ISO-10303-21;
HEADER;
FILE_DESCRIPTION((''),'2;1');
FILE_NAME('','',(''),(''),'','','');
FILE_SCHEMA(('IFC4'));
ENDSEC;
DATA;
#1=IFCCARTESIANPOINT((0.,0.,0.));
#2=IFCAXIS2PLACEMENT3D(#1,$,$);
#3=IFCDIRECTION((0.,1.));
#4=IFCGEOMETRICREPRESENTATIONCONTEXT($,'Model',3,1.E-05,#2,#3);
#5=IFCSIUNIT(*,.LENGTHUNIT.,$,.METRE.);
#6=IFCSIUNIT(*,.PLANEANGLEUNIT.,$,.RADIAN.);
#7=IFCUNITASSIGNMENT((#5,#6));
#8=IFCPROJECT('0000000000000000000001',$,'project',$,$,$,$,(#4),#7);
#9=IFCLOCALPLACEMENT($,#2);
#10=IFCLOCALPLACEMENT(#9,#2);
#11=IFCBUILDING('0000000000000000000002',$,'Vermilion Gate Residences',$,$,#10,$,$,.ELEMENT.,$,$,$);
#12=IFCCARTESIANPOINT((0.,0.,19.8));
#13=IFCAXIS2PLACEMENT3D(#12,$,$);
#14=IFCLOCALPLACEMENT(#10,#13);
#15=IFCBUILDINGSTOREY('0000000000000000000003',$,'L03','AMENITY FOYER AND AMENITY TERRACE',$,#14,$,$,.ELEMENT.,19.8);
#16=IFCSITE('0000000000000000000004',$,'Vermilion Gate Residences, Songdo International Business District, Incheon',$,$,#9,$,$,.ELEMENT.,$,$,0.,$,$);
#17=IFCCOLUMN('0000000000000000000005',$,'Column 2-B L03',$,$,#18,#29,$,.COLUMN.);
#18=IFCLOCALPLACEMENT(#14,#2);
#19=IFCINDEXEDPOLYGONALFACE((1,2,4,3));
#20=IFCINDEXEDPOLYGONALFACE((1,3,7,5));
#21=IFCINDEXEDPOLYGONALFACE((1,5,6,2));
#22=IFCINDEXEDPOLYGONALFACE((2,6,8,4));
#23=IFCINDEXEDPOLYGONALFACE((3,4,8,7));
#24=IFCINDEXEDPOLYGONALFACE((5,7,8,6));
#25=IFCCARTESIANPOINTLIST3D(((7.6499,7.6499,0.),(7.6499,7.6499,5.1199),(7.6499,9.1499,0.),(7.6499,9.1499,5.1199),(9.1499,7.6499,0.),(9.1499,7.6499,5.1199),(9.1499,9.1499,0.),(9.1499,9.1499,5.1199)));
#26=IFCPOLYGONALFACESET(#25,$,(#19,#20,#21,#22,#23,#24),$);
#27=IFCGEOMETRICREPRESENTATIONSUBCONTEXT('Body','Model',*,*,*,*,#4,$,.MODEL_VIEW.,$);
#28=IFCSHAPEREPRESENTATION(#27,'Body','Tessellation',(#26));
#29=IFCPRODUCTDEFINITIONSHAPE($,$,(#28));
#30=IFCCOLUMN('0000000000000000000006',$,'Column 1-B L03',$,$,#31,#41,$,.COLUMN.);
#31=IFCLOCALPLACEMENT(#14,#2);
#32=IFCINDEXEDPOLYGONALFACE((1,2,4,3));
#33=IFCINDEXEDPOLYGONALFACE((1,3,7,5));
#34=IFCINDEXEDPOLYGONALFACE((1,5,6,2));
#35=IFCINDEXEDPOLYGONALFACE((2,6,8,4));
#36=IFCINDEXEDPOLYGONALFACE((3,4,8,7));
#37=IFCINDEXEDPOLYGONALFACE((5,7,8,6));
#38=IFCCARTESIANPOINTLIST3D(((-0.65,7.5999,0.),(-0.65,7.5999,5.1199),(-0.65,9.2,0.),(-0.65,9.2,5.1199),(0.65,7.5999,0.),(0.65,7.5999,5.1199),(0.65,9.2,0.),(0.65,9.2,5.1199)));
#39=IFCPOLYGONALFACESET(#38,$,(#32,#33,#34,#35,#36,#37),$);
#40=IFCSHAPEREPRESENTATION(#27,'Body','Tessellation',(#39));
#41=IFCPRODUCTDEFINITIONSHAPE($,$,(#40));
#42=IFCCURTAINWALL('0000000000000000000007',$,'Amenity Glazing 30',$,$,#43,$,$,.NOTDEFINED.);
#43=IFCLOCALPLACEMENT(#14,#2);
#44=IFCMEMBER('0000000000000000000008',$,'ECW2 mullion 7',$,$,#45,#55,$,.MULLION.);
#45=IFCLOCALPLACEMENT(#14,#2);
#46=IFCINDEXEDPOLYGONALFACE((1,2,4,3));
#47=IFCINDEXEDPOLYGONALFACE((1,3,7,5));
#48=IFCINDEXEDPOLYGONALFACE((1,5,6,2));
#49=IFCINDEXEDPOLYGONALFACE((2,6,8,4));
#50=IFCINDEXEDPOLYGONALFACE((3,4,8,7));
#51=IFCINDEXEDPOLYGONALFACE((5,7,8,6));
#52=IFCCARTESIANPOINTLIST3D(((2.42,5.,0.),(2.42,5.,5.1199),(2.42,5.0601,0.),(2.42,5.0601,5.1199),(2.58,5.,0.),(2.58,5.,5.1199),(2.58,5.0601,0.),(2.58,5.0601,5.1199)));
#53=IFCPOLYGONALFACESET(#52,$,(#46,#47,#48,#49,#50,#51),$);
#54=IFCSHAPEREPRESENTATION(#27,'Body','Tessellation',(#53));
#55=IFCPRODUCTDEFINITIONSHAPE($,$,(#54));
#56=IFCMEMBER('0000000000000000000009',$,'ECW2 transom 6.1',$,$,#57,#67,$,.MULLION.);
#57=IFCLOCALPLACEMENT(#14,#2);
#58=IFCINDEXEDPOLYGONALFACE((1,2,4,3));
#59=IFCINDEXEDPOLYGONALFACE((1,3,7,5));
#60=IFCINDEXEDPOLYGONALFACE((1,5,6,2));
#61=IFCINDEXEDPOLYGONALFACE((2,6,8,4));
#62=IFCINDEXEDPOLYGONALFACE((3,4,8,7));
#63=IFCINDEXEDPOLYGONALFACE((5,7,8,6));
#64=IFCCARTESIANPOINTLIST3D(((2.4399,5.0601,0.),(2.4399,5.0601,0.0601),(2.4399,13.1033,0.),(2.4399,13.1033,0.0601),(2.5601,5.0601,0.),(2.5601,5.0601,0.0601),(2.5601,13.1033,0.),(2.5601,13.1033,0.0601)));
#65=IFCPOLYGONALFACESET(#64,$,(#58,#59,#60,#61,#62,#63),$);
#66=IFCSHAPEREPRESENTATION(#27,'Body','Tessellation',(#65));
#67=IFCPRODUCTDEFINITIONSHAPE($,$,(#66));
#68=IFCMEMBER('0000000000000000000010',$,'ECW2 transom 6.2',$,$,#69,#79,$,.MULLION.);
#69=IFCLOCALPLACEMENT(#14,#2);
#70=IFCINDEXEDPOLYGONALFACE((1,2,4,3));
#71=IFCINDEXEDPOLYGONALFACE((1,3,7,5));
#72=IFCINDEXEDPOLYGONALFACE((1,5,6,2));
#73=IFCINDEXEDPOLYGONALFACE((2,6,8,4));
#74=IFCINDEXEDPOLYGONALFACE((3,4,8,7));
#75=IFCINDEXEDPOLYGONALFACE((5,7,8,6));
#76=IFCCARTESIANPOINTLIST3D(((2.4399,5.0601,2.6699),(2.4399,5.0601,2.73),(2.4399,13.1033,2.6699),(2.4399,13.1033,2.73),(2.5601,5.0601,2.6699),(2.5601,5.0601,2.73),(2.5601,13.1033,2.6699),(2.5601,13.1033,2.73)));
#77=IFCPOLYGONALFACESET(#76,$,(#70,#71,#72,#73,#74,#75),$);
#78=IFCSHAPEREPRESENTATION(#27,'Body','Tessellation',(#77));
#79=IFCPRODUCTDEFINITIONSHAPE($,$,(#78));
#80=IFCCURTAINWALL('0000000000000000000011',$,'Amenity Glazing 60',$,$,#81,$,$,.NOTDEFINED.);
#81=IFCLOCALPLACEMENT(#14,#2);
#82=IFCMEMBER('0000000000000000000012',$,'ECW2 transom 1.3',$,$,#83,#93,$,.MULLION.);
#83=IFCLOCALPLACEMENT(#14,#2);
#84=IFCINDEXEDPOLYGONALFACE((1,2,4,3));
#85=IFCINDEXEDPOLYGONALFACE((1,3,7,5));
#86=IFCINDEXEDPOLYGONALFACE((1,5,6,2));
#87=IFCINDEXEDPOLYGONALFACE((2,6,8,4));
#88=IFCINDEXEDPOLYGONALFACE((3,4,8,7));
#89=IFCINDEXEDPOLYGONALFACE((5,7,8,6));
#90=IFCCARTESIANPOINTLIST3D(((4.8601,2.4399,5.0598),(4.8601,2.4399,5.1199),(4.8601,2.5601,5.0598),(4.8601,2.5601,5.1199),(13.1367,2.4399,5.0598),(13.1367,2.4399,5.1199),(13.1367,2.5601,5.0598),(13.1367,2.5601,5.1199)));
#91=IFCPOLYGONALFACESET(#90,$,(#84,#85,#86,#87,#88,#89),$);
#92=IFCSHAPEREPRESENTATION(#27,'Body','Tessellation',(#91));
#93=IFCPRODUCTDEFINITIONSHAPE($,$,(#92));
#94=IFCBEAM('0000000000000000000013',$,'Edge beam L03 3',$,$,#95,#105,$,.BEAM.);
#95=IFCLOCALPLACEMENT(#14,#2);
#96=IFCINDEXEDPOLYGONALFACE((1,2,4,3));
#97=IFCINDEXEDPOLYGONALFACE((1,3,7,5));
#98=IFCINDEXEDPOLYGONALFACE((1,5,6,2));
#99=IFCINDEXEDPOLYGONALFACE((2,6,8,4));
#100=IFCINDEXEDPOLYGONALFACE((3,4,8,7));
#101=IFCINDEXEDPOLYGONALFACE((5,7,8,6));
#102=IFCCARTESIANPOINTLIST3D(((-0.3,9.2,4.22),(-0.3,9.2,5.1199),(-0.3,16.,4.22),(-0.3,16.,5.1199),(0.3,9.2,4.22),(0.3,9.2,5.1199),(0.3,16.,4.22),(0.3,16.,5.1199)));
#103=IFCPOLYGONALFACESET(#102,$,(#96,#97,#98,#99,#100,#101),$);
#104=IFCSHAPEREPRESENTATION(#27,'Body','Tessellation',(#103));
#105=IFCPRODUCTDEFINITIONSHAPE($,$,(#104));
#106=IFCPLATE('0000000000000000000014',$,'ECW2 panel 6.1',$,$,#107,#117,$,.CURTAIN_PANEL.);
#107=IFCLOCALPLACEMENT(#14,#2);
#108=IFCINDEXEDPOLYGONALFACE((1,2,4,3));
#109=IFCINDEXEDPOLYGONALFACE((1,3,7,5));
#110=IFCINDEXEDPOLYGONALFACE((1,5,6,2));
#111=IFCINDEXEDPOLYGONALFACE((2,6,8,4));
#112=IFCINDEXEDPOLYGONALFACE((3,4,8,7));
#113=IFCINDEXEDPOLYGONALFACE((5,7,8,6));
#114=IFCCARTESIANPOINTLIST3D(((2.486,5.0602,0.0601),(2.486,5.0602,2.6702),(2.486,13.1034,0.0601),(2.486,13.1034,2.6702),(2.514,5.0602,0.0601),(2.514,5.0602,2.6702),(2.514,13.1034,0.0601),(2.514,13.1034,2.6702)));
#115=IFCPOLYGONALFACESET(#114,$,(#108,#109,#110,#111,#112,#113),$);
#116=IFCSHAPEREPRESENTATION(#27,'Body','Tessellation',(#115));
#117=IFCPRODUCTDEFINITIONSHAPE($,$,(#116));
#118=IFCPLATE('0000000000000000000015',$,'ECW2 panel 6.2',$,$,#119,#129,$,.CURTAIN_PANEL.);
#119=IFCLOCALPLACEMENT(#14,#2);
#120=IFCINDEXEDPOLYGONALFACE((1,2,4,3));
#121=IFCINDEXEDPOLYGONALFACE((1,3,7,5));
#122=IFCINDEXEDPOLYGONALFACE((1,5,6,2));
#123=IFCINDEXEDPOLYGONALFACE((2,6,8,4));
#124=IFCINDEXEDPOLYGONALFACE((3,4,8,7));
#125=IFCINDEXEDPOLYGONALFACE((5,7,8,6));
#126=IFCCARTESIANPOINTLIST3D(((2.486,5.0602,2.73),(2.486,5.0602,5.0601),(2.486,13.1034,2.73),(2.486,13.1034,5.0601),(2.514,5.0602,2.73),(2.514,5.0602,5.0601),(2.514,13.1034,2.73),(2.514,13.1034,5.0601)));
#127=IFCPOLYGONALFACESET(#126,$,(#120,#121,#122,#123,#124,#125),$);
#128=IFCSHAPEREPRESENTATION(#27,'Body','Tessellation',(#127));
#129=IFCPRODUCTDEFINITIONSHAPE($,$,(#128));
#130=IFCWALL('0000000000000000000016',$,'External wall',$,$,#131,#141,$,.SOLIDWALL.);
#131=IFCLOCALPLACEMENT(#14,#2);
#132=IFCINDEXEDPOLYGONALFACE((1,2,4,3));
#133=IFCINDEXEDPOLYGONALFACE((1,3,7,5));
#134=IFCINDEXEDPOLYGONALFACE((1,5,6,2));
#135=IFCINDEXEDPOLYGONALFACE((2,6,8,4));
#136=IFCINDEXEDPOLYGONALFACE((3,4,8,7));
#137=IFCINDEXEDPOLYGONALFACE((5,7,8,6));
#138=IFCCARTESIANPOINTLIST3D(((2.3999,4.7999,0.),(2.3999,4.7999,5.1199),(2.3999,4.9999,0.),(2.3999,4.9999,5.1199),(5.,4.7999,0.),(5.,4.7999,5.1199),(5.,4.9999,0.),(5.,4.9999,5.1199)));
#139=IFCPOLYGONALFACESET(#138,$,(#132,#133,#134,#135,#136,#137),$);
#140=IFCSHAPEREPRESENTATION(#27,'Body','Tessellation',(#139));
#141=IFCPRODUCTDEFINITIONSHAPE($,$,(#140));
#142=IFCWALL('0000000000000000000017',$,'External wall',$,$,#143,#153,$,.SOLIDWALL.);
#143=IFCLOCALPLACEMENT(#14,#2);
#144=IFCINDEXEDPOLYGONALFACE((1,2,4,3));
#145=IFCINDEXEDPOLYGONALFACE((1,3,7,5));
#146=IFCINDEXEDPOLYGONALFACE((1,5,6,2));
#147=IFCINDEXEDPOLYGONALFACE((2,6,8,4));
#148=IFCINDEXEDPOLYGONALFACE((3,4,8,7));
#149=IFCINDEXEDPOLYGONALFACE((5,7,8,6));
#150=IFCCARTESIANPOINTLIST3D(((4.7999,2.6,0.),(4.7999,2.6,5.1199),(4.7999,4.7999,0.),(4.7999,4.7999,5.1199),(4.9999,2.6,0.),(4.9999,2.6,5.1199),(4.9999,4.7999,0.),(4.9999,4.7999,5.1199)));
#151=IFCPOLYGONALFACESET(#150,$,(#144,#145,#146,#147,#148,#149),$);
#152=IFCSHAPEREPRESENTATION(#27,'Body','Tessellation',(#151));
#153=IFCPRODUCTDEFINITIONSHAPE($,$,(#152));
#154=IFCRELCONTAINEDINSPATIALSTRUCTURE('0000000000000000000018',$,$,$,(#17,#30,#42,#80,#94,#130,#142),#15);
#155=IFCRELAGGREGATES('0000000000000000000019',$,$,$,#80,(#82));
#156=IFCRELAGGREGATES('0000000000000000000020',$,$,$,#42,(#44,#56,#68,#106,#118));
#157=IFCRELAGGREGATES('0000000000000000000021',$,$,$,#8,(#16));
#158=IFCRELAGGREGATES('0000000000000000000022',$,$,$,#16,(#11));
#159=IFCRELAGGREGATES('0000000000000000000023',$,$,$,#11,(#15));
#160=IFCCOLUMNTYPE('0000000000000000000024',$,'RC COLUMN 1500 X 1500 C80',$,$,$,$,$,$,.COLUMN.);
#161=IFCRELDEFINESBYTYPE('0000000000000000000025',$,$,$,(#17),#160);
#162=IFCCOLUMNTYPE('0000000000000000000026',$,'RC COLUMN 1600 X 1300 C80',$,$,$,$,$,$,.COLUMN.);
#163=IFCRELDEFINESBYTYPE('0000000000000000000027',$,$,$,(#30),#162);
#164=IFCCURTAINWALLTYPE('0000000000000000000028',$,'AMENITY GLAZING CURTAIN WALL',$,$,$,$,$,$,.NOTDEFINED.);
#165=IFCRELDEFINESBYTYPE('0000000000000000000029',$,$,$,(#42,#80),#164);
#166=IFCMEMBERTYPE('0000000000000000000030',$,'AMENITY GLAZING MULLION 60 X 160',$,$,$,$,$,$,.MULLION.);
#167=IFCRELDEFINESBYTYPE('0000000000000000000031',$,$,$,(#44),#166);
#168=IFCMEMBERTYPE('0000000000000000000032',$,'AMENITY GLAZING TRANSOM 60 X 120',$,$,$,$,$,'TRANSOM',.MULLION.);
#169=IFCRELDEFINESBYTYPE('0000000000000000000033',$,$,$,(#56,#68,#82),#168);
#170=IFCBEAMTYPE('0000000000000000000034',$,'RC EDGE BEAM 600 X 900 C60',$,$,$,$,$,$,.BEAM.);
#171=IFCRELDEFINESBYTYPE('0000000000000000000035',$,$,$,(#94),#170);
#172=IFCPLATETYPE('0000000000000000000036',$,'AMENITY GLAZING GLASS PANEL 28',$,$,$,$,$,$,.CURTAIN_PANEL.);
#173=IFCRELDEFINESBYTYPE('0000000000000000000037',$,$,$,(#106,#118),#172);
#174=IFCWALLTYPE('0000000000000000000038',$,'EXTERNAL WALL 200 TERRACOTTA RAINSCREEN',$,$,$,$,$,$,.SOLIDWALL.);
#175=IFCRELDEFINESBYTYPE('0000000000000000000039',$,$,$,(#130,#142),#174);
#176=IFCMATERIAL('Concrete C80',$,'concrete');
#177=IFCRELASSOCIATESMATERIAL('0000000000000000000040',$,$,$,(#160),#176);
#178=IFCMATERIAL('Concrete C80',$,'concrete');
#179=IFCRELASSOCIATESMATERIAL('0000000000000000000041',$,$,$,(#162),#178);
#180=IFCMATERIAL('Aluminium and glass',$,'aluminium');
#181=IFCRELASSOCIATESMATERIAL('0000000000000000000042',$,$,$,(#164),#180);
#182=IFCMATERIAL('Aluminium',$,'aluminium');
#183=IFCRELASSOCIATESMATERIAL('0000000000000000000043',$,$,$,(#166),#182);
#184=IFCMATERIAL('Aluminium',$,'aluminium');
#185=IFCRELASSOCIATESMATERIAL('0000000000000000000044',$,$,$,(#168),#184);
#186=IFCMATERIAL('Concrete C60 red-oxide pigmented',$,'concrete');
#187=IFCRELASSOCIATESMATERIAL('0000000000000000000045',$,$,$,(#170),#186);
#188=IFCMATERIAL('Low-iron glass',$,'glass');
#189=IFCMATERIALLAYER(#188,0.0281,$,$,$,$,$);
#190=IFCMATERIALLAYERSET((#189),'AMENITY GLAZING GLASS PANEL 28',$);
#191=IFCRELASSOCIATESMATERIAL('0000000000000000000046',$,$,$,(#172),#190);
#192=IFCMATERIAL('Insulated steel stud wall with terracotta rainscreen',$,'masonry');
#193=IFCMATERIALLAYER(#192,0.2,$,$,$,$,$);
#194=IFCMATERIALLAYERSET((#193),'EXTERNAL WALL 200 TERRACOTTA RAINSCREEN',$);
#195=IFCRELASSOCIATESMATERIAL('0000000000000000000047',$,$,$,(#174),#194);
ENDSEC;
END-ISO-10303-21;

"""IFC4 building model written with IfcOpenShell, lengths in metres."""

from ifc_helpers import new_model, si_unit, direction, frame, frame_2d, origin, origin_2d, place, context, subcontext, project, spatial, rectangle, extrude, material, layer, layer_set, material_profile, profile_set, type_object, element, aggregate, save


model = new_model("IFC4")

# Units and contexts
model_context = context("Model", 3, precision=1e-05, world=origin(), true_north=direction((0.0, 1.0)))
body_context = subcontext(model_context, "Body", "Model", "MODEL_VIEW")
ifc_project = project(units=[si_unit("LENGTHUNIT", "METRE"), si_unit("PLANEANGLEUNIT", "RADIAN")], contexts=[model_context])

# Site, building, storey
site_placement = place(None, origin())
site = spatial("IfcSite", under=ifc_project, at=site_placement, Name="Vermilion Gate Residences, Songdo International Business District, Incheon", CompositionType="ELEMENT", RefElevation=0.0)
building_placement = place(site_placement, origin())
building = spatial("IfcBuilding", under=site, at=building_placement, Name="Vermilion Gate Residences", CompositionType="ELEMENT")
storey_placement = place(building_placement, frame((0.0, 0.0, 19.8)))
storey = spatial("IfcBuildingStorey", under=building, at=storey_placement, Name="L03", Description="AMENITY FOYER AND AMENITY TERRACE", CompositionType="ELEMENT", Elevation=19.8)

# Columns
ifc_material_1 = material(Name="Concrete C80", Category="concrete")
ifc_material_profile_1 = material_profile(ifc_material_1, rectangle(XDim=1.5, YDim=1.5, at=origin_2d()), Name="RC-1500x1500")
ifc_profile_set_1 = profile_set([ifc_material_profile_1], Name="Concrete C80")
column_type_1 = type_object("IfcColumnType", Name="RC COLUMN 1500 X 1500 C80", PredefinedType="COLUMN", material=ifc_profile_set_1)
column_1_placement = place(storey_placement, frame((8.3999, 8.3999, 0.0), z_axis=(0.0, 0.0, 1.0), x_axis=(1.0, 0.0, 0.0)))
element("IfcColumn", 1, at=column_1_placement, inside=storey, type_object=column_type_1, Name="Column 2-B L03", PredefinedType="COLUMN", context=body_context, shape_type="SweptSolid", body=[
    extrude(rectangle(XDim=1.5, YDim=1.5, at=origin_2d()), origin(), (0.0, 0.0, 1.0), 5.1199),
])
ifc_material_2 = material(Name="Concrete C80", Category="concrete")
ifc_material_profile_2 = material_profile(ifc_material_2, rectangle(XDim=1.6001, YDim=1.3, at=origin_2d()), Name="RC-1600x1300")
ifc_profile_set_2 = profile_set([ifc_material_profile_2], Name="Concrete C80")
column_type_2 = type_object("IfcColumnType", Name="RC COLUMN 1600 X 1300 C80", PredefinedType="COLUMN", material=ifc_profile_set_2)
column_2_placement = place(storey_placement, frame((0.0, 8.3999, 0.0), z_axis=(0.0, 0.0, 1.0), x_axis=(0.0, 1.0, 0.0)))
element("IfcColumn", 2, at=column_2_placement, inside=storey, type_object=column_type_2, Name="Column 1-B L03", PredefinedType="COLUMN", context=body_context, shape_type="SweptSolid", body=[
    extrude(rectangle(XDim=1.6001, YDim=1.3, at=origin_2d()), origin(), (0.0, 0.0, 1.0), 5.1199),
])

# Curtain wall, members
ifc_material_3 = material(Name="Aluminium and glass", Category="aluminium")
curtain_wall_type = type_object("IfcCurtainWallType", Name="AMENITY GLAZING CURTAIN WALL", PredefinedType="NOTDEFINED", material=ifc_material_3)
curtain_wall_1_placement = place(storey_placement, origin())
curtain_wall_1 = element("IfcCurtainWall", 3, at=curtain_wall_1_placement, inside=storey, type_object=curtain_wall_type, Name="Amenity Glazing 30", PredefinedType="NOTDEFINED")
ifc_material_4 = material(Name="Aluminium", Category="aluminium")
ifc_material_profile_3 = material_profile(ifc_material_4, rectangle(XDim=0.1599, YDim=0.0601, at=origin_2d()), Name="MULLION 60 X 160")
ifc_profile_set_3 = profile_set([ifc_material_profile_3], Name="Aluminium")
member_type_1 = type_object("IfcMemberType", Name="AMENITY GLAZING MULLION 60 X 160", PredefinedType="MULLION", material=ifc_profile_set_3)
member_1_placement = place(storey_placement, frame((2.5, 5.03, 0.0), z_axis=(0.0, 0.0, 1.0), x_axis=(1.0, 0.0, 0.0)))
member_1 = element("IfcMember", 4, at=member_1_placement, type_object=member_type_1, Name="ECW2 mullion 7", PredefinedType="MULLION", context=body_context, shape_type="SweptSolid", body=[
    extrude(rectangle(XDim=0.1599, YDim=0.0601, at=origin_2d()), origin(), (0.0, 0.0, 1.0), 5.1199),
])
ifc_material_5 = material(Name="Aluminium", Category="aluminium")
ifc_material_profile_4 = material_profile(ifc_material_5, rectangle(XDim=0.1201, YDim=0.0601, at=origin_2d()), Name="TRANSOM 60 X 120")
ifc_profile_set_4 = profile_set([ifc_material_profile_4], Name="Aluminium")
member_type_2 = type_object("IfcMemberType", Name="AMENITY GLAZING TRANSOM 60 X 120", ElementType="TRANSOM", PredefinedType="MULLION", material=ifc_profile_set_4)
member_2_placement = place(storey_placement, frame((2.5, 13.1033, 0.03), z_axis=(0.0, -1.0, 0.0), x_axis=(1.0, 0.0, 0.0)))
member_2 = element("IfcMember", 5, at=member_2_placement, type_object=member_type_2, Name="ECW2 transom 6.1", PredefinedType="MULLION", context=body_context, shape_type="SweptSolid", body=[
    extrude(rectangle(XDim=0.1201, YDim=0.0601, at=origin_2d()), origin(), (0.0, 0.0, 1.0), 8.0432),
])
member_3_placement = place(storey_placement, frame((2.5, 13.1033, 2.7), z_axis=(0.0, -1.0, 0.0), x_axis=(1.0, 0.0, 0.0)))
member_3 = element("IfcMember", 6, at=member_3_placement, type_object=member_type_2, Name="ECW2 transom 6.2", PredefinedType="MULLION", context=body_context, shape_type="SweptSolid", body=[
    extrude(rectangle(XDim=0.1201, YDim=0.0601, at=origin_2d()), origin(), (0.0, 0.0, 1.0), 8.0432),
])

# Curtain wall, member
curtain_wall_2_placement = place(storey_placement, origin())
curtain_wall_2 = element("IfcCurtainWall", 7, at=curtain_wall_2_placement, inside=storey, type_object=curtain_wall_type, Name="Amenity Glazing 60", PredefinedType="NOTDEFINED")
member_4_placement = place(storey_placement, frame((4.8601, 2.5, 5.0898), z_axis=(1.0, 0.0, 0.0), x_axis=(0.0, 1.0, 0.0)))
member_4 = element("IfcMember", 8, at=member_4_placement, type_object=member_type_2, Name="ECW2 transom 1.3", PredefinedType="MULLION", context=body_context, shape_type="SweptSolid", body=[
    extrude(rectangle(XDim=0.1201, YDim=0.0601, at=origin_2d()), origin(), (0.0, 0.0, 1.0), 8.2766),
])
aggregate(curtain_wall_2, [member_4])

# Beam
ifc_material_6 = material(Name="Concrete C60 red-oxide pigmented", Category="concrete")
ifc_material_profile_5 = material_profile(ifc_material_6, rectangle(XDim=0.6001, YDim=0.8999, at=origin_2d()), Name="RC-600x900")
ifc_profile_set_5 = profile_set([ifc_material_profile_5], Name="Concrete C60 red-oxide pigmented")
beam_type = type_object("IfcBeamType", Name="RC EDGE BEAM 600 X 900 C60", PredefinedType="BEAM", material=ifc_profile_set_5)
beam_placement = place(storey_placement, frame((0.0, 9.2, 4.6699), z_axis=(0.0, 1.0, 0.0), x_axis=(-1.0, 0.0, 0.0)))
element("IfcBeam", 9, at=beam_placement, inside=storey, type_object=beam_type, Name="Edge beam L03 3", PredefinedType="BEAM", context=body_context, shape_type="SweptSolid", body=[
    extrude(rectangle(XDim=0.6001, YDim=0.8999, at=origin_2d()), origin(), (0.0, 0.0, 1.0), 6.8),
])

# Plates
ifc_material_7 = material(Name="Low-iron glass", Category="glass")
ifc_layer_1 = layer(ifc_material_7, 0.0281)
ifc_layer_set_1 = layer_set([ifc_layer_1], Name="AMENITY GLAZING GLASS PANEL 28")
plate_type = type_object("IfcPlateType", Name="AMENITY GLAZING GLASS PANEL 28", PredefinedType="CURTAIN_PANEL", material=ifc_layer_set_1)
plate_1_placement = place(storey_placement, frame((2.5, 9.0818, 0.0601), z_axis=(0.0, 0.0, 1.0), x_axis=(0.0, -1.0, 0.0)))
plate_1 = element("IfcPlate", 10, at=plate_1_placement, type_object=plate_type, Name="ECW2 panel 6.1", PredefinedType="CURTAIN_PANEL", context=body_context, shape_type="SweptSolid", body=[
    extrude(rectangle(XDim=8.0432, YDim=0.0281, at=origin_2d()), origin(), (0.0, 0.0, 1.0), 2.6101),
])
plate_2_placement = place(storey_placement, frame((2.5, 9.0818, 2.73), z_axis=(0.0, 0.0, 1.0), x_axis=(0.0, -1.0, 0.0)))
plate_2 = element("IfcPlate", 11, at=plate_2_placement, type_object=plate_type, Name="ECW2 panel 6.2", PredefinedType="CURTAIN_PANEL", context=body_context, shape_type="SweptSolid", body=[
    extrude(rectangle(XDim=8.0432, YDim=0.0281, at=origin_2d()), origin(), (0.0, 0.0, 1.0), 2.3301),
])
aggregate(curtain_wall_1, [member_1, member_2, member_3, plate_1, plate_2])

# Walls
ifc_material_8 = material(Name="Insulated steel stud wall with terracotta rainscreen", Category="masonry")
ifc_layer_2 = layer(ifc_material_8, 0.2)
ifc_layer_set_2 = layer_set([ifc_layer_2], Name="EXTERNAL WALL 200 TERRACOTTA RAINSCREEN")
wall_type_1 = type_object("IfcWallType", Name="EXTERNAL WALL 200 TERRACOTTA RAINSCREEN", PredefinedType="SOLIDWALL", material=ifc_layer_set_2)
wall_1_placement = place(storey_placement, frame((2.3999, 4.8999, 0.0), z_axis=(0.0, 0.0, 1.0), x_axis=(1.0, 0.0, 0.0)))
element("IfcWall", 12, at=wall_1_placement, inside=storey, type_object=wall_type_1, Name="External wall", PredefinedType="SOLIDWALL", context=body_context, shape_type="SweptSolid", body=[
    extrude(rectangle(XDim=2.6001, YDim=0.2, at=frame_2d((1.3, 0.0))), origin(), (0.0, 0.0, 1.0), 5.1199),
])
wall_2_placement = place(storey_placement, frame((4.8999, 4.8, 0.0), z_axis=(0.0, 0.0, 1.0), x_axis=(0.0, -1.0, 0.0)))
element("IfcWall", 13, at=wall_2_placement, inside=storey, type_object=wall_type_1, Name="External wall", PredefinedType="SOLIDWALL", context=body_context, shape_type="SweptSolid", body=[
    extrude(rectangle(XDim=2.2, YDim=0.2, at=frame_2d((1.1001, 0.0))), origin(), (0.0, 0.0, 1.0), 5.1199),
])

save(model, "model.ifc")
